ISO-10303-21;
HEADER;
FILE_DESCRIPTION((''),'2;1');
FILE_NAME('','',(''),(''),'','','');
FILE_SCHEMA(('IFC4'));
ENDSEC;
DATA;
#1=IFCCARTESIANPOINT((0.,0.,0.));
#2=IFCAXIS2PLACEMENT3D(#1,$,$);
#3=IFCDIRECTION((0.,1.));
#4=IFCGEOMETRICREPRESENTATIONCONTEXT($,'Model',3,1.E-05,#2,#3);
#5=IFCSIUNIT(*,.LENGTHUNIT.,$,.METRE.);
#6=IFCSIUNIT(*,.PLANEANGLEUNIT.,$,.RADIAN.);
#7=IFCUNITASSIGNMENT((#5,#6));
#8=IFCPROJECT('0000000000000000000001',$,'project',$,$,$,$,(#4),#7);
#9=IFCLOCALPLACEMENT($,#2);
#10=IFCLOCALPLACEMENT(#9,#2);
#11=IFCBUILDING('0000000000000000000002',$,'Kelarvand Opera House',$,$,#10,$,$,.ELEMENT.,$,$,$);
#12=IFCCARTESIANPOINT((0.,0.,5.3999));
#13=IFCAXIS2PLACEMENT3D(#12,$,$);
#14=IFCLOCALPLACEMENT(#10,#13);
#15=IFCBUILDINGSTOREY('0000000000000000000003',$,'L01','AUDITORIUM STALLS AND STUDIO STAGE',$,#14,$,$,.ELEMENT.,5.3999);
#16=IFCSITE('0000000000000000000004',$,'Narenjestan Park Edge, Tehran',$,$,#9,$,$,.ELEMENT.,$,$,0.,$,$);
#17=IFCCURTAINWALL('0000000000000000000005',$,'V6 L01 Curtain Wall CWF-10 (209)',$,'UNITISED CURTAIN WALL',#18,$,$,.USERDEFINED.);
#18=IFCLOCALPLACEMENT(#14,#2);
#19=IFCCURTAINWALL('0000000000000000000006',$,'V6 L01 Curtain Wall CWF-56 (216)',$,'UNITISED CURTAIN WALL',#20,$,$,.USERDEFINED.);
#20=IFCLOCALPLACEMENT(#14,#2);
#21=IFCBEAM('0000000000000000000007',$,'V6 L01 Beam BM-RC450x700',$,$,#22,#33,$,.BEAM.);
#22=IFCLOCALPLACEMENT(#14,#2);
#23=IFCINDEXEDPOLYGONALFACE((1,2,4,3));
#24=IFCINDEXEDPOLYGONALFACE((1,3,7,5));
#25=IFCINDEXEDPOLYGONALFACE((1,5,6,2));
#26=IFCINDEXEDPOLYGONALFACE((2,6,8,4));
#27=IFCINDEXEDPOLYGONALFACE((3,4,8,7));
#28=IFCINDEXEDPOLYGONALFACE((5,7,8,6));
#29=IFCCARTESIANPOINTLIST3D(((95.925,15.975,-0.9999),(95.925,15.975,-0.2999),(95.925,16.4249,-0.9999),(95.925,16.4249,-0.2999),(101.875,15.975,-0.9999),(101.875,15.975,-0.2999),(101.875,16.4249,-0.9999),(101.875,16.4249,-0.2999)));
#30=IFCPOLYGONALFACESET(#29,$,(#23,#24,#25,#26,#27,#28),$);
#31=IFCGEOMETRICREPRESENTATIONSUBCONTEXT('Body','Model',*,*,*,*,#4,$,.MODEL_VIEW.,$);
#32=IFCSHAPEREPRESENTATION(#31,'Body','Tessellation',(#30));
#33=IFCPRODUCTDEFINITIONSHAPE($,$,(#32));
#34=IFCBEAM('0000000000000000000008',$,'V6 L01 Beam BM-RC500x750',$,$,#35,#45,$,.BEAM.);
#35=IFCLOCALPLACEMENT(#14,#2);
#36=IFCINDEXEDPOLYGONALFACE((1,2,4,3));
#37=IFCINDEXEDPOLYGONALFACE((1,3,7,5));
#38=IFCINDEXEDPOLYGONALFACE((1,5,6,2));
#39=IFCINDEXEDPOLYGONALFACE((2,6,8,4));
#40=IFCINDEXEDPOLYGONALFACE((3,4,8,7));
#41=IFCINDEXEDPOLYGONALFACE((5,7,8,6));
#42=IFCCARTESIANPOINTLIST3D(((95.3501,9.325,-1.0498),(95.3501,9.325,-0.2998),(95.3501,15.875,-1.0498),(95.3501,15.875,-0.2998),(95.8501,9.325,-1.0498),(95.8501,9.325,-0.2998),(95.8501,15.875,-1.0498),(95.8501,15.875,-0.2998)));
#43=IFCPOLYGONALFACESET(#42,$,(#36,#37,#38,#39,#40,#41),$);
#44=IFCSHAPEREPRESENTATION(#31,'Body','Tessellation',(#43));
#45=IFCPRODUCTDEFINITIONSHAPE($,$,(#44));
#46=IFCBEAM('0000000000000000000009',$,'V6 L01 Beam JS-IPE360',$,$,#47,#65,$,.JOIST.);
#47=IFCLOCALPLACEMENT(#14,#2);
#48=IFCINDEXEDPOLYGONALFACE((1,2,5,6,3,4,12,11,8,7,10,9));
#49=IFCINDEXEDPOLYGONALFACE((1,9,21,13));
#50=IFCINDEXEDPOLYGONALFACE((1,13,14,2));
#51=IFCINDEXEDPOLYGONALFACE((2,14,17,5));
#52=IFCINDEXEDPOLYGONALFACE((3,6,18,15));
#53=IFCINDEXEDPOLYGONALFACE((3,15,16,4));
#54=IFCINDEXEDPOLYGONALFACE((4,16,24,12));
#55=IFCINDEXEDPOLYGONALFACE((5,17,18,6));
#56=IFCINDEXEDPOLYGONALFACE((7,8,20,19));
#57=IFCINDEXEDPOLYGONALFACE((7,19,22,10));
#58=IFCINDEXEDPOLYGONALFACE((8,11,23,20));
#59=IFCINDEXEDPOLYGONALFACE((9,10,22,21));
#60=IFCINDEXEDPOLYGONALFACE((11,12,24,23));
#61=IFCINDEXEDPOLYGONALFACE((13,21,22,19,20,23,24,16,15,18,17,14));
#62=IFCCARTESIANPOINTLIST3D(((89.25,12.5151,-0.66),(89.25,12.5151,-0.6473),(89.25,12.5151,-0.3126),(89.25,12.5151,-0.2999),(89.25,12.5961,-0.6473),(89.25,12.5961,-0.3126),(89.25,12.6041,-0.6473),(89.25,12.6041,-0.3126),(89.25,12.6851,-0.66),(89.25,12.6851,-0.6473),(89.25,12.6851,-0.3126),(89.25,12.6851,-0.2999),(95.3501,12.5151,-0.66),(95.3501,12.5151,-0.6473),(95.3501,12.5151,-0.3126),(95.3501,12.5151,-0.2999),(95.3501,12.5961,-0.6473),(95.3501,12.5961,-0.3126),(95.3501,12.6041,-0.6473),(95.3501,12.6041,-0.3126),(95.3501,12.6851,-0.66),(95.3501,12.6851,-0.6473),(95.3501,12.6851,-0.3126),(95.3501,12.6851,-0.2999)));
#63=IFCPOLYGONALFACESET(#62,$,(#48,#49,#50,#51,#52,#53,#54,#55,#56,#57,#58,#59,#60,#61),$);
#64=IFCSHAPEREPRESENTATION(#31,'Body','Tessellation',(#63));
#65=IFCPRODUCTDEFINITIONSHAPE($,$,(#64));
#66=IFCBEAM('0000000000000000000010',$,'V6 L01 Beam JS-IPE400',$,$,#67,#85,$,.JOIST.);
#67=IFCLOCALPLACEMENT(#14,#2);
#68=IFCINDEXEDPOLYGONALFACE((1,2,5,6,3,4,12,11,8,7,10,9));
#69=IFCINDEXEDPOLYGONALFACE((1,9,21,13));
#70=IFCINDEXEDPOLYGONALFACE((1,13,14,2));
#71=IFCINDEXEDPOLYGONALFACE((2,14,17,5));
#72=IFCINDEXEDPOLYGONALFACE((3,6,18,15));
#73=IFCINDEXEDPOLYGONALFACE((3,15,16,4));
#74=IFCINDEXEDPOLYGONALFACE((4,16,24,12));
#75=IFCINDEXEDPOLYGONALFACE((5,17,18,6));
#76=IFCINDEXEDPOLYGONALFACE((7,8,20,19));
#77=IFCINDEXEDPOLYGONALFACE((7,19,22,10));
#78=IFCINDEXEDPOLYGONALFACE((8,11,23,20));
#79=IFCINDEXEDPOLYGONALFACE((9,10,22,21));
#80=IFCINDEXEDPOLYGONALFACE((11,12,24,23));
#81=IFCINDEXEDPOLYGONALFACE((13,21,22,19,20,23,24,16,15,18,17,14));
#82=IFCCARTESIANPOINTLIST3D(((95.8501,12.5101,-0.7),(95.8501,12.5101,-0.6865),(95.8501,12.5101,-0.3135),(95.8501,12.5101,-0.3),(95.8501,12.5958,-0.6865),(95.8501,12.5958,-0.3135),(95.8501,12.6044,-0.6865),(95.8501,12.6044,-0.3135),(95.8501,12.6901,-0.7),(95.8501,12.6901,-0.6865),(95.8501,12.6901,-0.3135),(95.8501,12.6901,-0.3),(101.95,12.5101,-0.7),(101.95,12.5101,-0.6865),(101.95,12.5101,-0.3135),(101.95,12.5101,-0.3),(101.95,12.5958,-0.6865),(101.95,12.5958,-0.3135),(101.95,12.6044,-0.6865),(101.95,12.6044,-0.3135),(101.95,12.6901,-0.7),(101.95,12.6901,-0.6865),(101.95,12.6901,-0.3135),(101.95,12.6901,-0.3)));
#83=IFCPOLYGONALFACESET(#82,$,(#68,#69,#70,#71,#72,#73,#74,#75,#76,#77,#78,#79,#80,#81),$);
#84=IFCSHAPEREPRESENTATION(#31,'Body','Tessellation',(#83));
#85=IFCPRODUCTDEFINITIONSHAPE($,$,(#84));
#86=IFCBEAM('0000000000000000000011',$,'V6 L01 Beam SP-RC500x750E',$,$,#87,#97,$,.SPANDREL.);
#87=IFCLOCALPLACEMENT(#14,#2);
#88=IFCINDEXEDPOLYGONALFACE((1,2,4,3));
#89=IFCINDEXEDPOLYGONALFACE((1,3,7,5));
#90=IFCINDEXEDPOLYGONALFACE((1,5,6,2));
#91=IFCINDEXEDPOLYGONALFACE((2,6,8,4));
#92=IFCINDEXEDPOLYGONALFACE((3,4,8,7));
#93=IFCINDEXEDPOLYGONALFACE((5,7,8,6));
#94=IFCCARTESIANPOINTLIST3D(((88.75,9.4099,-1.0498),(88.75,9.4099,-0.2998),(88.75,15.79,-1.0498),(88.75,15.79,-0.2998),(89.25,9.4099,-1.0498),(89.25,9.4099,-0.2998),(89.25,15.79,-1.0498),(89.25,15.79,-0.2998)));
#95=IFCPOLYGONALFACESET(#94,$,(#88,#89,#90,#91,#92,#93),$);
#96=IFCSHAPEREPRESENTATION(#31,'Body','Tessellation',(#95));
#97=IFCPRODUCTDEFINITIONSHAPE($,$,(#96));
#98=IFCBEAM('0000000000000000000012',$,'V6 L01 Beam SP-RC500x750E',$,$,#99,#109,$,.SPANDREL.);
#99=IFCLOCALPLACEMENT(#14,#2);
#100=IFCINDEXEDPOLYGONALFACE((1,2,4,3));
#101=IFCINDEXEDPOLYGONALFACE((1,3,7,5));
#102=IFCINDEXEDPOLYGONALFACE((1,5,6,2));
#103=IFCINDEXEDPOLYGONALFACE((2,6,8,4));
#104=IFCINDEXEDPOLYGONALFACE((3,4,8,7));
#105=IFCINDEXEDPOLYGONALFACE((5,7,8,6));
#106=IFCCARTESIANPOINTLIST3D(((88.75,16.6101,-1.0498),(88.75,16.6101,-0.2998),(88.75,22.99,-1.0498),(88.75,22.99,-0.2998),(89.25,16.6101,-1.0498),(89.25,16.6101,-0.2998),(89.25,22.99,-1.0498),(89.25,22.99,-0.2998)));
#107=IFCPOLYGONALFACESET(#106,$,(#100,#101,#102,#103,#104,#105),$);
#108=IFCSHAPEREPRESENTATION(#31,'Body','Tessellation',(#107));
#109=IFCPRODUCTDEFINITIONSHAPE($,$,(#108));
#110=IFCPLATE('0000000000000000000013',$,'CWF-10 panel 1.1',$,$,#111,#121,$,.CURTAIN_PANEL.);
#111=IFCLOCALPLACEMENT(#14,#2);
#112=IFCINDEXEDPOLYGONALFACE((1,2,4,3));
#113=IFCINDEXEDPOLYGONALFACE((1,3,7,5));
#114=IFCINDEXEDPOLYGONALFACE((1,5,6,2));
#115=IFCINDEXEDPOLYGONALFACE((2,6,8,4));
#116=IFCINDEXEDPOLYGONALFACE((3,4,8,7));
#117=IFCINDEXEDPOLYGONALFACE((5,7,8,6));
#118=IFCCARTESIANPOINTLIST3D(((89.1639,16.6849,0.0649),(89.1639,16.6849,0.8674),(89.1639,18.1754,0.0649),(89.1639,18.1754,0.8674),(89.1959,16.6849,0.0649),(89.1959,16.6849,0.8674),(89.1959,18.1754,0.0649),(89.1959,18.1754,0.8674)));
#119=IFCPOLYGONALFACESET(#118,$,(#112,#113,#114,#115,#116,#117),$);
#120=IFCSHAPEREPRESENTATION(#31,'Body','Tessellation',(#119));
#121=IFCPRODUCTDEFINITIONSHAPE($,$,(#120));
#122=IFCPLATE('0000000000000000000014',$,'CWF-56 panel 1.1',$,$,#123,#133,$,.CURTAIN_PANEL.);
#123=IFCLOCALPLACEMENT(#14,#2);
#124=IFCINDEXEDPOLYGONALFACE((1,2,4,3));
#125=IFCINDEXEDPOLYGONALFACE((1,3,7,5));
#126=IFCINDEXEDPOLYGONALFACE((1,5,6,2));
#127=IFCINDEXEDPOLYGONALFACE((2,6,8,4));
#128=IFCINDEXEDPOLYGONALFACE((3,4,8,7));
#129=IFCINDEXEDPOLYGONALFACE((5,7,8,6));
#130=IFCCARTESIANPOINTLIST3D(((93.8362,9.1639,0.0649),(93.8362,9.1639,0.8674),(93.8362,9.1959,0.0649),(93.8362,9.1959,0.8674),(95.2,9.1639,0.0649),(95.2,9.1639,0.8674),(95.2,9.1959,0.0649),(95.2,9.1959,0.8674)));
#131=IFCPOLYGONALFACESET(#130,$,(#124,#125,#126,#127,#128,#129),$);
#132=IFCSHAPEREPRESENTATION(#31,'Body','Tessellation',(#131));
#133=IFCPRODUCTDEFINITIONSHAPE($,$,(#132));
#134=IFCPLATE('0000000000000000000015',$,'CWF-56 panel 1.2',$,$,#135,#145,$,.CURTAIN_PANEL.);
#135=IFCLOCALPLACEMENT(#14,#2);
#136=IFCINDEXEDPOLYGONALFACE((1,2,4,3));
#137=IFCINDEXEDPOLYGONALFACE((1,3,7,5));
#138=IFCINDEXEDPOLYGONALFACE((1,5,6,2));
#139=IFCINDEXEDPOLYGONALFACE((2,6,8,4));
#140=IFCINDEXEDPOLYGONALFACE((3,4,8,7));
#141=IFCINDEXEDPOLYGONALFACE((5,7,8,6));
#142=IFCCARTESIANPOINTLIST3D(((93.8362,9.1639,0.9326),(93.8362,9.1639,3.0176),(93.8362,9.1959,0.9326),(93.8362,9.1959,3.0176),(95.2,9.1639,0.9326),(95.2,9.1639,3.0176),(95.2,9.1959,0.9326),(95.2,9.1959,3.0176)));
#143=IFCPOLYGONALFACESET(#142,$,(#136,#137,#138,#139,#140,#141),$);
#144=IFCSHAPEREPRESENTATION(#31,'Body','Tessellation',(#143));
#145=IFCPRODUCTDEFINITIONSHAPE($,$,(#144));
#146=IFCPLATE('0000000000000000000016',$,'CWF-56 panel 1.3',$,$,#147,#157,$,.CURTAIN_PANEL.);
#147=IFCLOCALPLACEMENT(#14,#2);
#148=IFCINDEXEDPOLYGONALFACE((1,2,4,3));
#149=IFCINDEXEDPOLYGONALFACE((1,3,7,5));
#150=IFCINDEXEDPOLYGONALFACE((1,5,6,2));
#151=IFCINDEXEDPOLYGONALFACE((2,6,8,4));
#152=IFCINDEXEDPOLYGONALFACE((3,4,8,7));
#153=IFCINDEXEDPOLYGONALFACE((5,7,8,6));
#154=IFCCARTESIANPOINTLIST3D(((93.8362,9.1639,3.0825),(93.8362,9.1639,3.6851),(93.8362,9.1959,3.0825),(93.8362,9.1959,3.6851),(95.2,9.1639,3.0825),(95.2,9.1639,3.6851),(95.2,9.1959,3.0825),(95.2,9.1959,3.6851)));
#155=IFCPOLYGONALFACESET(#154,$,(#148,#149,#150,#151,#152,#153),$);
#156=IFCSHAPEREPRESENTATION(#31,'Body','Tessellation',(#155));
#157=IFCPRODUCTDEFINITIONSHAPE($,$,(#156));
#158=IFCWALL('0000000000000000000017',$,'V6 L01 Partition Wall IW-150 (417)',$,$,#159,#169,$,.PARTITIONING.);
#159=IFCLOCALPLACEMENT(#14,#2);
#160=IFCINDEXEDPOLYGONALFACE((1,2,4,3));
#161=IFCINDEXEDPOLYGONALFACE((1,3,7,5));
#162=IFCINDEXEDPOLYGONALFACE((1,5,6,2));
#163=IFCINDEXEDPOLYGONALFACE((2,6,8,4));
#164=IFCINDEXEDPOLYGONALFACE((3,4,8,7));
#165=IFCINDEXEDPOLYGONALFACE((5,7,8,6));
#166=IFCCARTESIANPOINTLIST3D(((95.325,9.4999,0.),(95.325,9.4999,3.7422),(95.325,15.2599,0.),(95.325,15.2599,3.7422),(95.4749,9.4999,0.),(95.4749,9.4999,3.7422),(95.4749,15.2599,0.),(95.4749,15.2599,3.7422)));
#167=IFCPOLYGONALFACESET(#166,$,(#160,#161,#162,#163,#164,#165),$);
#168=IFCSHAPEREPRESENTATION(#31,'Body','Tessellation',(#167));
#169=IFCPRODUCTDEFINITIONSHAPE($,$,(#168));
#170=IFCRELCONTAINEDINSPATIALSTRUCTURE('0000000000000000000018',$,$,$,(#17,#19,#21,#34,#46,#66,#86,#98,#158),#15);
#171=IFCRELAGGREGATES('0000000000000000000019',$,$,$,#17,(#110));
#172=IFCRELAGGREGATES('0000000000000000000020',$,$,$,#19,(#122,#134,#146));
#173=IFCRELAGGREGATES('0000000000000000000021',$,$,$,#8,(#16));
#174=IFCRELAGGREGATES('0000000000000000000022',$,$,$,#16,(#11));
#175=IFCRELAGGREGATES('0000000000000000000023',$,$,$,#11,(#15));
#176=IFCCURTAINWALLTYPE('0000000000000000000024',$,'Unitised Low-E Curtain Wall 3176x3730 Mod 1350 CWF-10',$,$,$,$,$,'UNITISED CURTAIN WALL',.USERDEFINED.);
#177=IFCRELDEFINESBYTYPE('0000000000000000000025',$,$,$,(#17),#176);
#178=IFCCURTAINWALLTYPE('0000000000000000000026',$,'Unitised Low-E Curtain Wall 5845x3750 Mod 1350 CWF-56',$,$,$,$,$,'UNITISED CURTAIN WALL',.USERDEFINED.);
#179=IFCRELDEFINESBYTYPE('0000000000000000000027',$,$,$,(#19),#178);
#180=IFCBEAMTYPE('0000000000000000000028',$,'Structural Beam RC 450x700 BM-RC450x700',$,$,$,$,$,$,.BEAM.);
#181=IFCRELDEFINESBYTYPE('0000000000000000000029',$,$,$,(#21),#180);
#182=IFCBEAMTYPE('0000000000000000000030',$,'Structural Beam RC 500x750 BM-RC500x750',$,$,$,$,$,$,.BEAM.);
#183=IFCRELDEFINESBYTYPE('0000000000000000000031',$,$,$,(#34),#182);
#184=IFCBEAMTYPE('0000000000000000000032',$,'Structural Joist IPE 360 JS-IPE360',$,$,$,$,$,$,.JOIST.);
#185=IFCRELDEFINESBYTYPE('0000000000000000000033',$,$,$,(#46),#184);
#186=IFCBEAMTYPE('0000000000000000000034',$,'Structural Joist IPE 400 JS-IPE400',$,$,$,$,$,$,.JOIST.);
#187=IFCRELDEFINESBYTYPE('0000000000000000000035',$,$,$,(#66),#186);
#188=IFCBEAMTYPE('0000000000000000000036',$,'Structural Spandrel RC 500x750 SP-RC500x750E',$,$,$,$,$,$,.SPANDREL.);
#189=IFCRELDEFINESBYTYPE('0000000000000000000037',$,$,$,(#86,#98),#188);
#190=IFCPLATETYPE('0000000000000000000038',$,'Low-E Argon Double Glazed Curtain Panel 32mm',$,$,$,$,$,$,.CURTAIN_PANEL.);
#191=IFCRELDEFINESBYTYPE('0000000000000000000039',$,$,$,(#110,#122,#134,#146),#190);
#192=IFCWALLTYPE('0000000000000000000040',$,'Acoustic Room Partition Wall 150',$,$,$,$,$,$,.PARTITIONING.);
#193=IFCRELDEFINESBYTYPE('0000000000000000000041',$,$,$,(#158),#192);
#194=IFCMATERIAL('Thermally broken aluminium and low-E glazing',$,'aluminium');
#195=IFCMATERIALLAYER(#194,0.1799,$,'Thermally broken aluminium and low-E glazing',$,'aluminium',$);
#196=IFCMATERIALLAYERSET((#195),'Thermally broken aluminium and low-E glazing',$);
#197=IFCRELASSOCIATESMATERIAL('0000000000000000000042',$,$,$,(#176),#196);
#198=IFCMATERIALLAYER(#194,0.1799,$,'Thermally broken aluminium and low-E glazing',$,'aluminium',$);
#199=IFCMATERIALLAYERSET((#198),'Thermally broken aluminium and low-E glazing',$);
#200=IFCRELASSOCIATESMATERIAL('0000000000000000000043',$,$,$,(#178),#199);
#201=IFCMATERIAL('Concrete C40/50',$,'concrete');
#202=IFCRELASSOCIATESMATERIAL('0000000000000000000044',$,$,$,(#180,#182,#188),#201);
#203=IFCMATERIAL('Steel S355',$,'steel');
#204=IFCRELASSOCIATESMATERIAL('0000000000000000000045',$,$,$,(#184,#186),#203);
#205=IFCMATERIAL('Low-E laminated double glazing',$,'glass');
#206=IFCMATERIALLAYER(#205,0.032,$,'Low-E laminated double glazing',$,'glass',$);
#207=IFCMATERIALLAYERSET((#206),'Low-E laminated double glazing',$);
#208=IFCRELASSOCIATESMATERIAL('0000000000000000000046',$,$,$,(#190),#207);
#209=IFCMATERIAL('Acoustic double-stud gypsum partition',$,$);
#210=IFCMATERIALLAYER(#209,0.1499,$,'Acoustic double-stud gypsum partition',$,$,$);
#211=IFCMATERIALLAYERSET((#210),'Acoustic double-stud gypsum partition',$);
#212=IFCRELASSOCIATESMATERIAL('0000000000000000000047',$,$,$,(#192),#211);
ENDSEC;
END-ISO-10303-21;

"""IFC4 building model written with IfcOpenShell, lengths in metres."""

from ifc_helpers import new_model, si_unit, direction, frame, frame_2d, origin, origin_2d, place, context, subcontext, project, spatial, rectangle, i_section, extrude, material, layer, layer_set, material_profile, profile_set, type_object, element, aggregate, save


model = new_model("IFC4")

# Units and contexts
model_context = context("Model", 3, precision=1e-05, world=origin(), true_north=direction((0.0, 1.0)))
body_context = subcontext(model_context, "Body", "Model", "MODEL_VIEW")
ifc_project = project(units=[si_unit("LENGTHUNIT", "METRE"), si_unit("PLANEANGLEUNIT", "RADIAN")], contexts=[model_context])

# Site, building, storey
site_placement = place(None, origin())
site = spatial("IfcSite", under=ifc_project, at=site_placement, Name="Narenjestan Park Edge, Tehran", CompositionType="ELEMENT", RefElevation=0.0)
building_placement = place(site_placement, origin())
building = spatial("IfcBuilding", under=site, at=building_placement, Name="Kelarvand Opera House", CompositionType="ELEMENT")
storey_placement = place(building_placement, frame((0.0, 0.0, 5.3999)))
storey = spatial("IfcBuildingStorey", under=building, at=storey_placement, Name="L01", Description="AUDITORIUM STALLS AND STUDIO STAGE", CompositionType="ELEMENT", Elevation=5.3999)

# Shared definitions
ifc_material_1 = material(Name="Concrete C40/50", Category="concrete")

# Curtain wall
ifc_material_2 = material(Name="Thermally broken aluminium and low-E glazing", Category="aluminium")
ifc_layer_1 = layer(ifc_material_2, 0.1799, Name="Thermally broken aluminium and low-E glazing", Category="aluminium")
ifc_layer_set_1 = layer_set([ifc_layer_1], Name="Thermally broken aluminium and low-E glazing")
curtain_wall_type_1 = type_object("IfcCurtainWallType", Name="Unitised Low-E Curtain Wall 3176x3730 Mod 1350 CWF-10", ElementType="UNITISED CURTAIN WALL", PredefinedType="USERDEFINED", material=ifc_layer_set_1)
curtain_wall_1_placement = place(storey_placement, origin())
curtain_wall_1 = element("IfcCurtainWall", 1, at=curtain_wall_1_placement, inside=storey, type_object=curtain_wall_type_1, Name="V6 L01 Curtain Wall CWF-10 (209)", ObjectType="UNITISED CURTAIN WALL", PredefinedType="USERDEFINED")

# Curtain wall
ifc_layer_2 = layer(ifc_material_2, 0.1799, Name="Thermally broken aluminium and low-E glazing", Category="aluminium")
ifc_layer_set_2 = layer_set([ifc_layer_2], Name="Thermally broken aluminium and low-E glazing")
curtain_wall_type_2 = type_object("IfcCurtainWallType", Name="Unitised Low-E Curtain Wall 5845x3750 Mod 1350 CWF-56", ElementType="UNITISED CURTAIN WALL", PredefinedType="USERDEFINED", material=ifc_layer_set_2)
curtain_wall_2_placement = place(storey_placement, origin())
curtain_wall_2 = element("IfcCurtainWall", 2, at=curtain_wall_2_placement, inside=storey, type_object=curtain_wall_type_2, Name="V6 L01 Curtain Wall CWF-56 (216)", ObjectType="UNITISED CURTAIN WALL", PredefinedType="USERDEFINED")

# Beams
ifc_material_profile_1 = material_profile(ifc_material_1, rectangle(XDim=0.45, YDim=0.7, at=origin_2d()), Name="RC 450x700", Category="concrete")
ifc_profile_set_1 = profile_set([ifc_material_profile_1], Name="Concrete C40/50")
beam_type_1 = type_object("IfcBeamType", Name="Structural Beam RC 450x700 BM-RC450x700", PredefinedType="BEAM", material=ifc_profile_set_1)
beam_1_placement = place(storey_placement, frame((95.925, 16.2, -0.6499), z_axis=(1.0, 0.0, 0.0), x_axis=(0.0, 1.0, 0.0)))
element("IfcBeam", 3, at=beam_1_placement, inside=storey, type_object=beam_type_1, Name="V6 L01 Beam BM-RC450x700", PredefinedType="BEAM", context=body_context, shape_type="SweptSolid", body=[
    extrude(rectangle(XDim=0.45, YDim=0.7, at=origin_2d()), origin(), (0.0, 0.0, 1.0), 5.95),
])
ifc_material_profile_2 = material_profile(ifc_material_1, rectangle(XDim=0.5, YDim=0.75, at=origin_2d()), Name="RC 500x750", Category="concrete")
ifc_profile_set_2 = profile_set([ifc_material_profile_2], Name="Concrete C40/50")
beam_type_2 = type_object("IfcBeamType", Name="Structural Beam RC 500x750 BM-RC500x750", PredefinedType="BEAM", material=ifc_profile_set_2)
beam_2_placement = place(storey_placement, frame((95.6001, 9.325, -0.6748), z_axis=(0.0, 1.0, 0.0), x_axis=(-1.0, 0.0, 0.0)))
element("IfcBeam", 4, at=beam_2_placement, inside=storey, type_object=beam_type_2, Name="V6 L01 Beam BM-RC500x750", PredefinedType="BEAM", context=body_context, shape_type="SweptSolid", body=[
    extrude(rectangle(XDim=0.5, YDim=0.75, at=origin_2d()), origin(), (0.0, 0.0, 1.0), 6.55),
])
ifc_material_3 = material(Name="Steel S355", Category="steel")
ifc_material_profile_3 = material_profile(ifc_material_3, i_section(OverallWidth=0.1699, OverallDepth=0.3601, WebThickness=0.0081, FlangeThickness=0.0127, at=origin_2d()), Name="IPE 360", Category="steel")
ifc_profile_set_3 = profile_set([ifc_material_profile_3], Name="Steel S355")
beam_type_3 = type_object("IfcBeamType", Name="Structural Joist IPE 360 JS-IPE360", PredefinedType="JOIST", material=ifc_profile_set_3)
beam_3_placement = place(storey_placement, frame((89.25, 12.6001, -0.48), z_axis=(1.0, 0.0, 0.0), x_axis=(0.0, 1.0, 0.0)))
element("IfcBeam", 5, at=beam_3_placement, inside=storey, type_object=beam_type_3, Name="V6 L01 Beam JS-IPE360", PredefinedType="JOIST", context=body_context, shape_type="SweptSolid", body=[
    extrude(i_section(OverallWidth=0.1699, OverallDepth=0.3601, WebThickness=0.0081, FlangeThickness=0.0127, at=origin_2d()), origin(), (0.0, 0.0, 1.0), 6.1001),
])
ifc_material_profile_4 = material_profile(ifc_material_3, i_section(OverallWidth=0.1799, OverallDepth=0.3999, WebThickness=0.0085, FlangeThickness=0.0134, at=origin_2d()), Name="IPE 400", Category="steel")
ifc_profile_set_4 = profile_set([ifc_material_profile_4], Name="Steel S355")
beam_type_4 = type_object("IfcBeamType", Name="Structural Joist IPE 400 JS-IPE400", PredefinedType="JOIST", material=ifc_profile_set_4)
beam_4_placement = place(storey_placement, frame((95.8501, 12.6001, -0.5), z_axis=(1.0, 0.0, 0.0), x_axis=(0.0, 1.0, 0.0)))
element("IfcBeam", 6, at=beam_4_placement, inside=storey, type_object=beam_type_4, Name="V6 L01 Beam JS-IPE400", PredefinedType="JOIST", context=body_context, shape_type="SweptSolid", body=[
    extrude(i_section(OverallWidth=0.1799, OverallDepth=0.3999, WebThickness=0.0085, FlangeThickness=0.0134, at=origin_2d()), origin(), (0.0, 0.0, 1.0), 6.0999),
])
ifc_material_profile_5 = material_profile(ifc_material_1, rectangle(XDim=0.5, YDim=0.75, at=origin_2d()), Name="RC 500x750", Category="concrete")
ifc_profile_set_5 = profile_set([ifc_material_profile_5], Name="Concrete C40/50")
beam_type_5 = type_object("IfcBeamType", Name="Structural Spandrel RC 500x750 SP-RC500x750E", PredefinedType="SPANDREL", material=ifc_profile_set_5)
beam_5_placement = place(storey_placement, frame((89.0, 9.4099, -0.6748), z_axis=(0.0, 1.0, 0.0), x_axis=(-1.0, 0.0, 0.0)))
element("IfcBeam", 7, at=beam_5_placement, inside=storey, type_object=beam_type_5, Name="V6 L01 Beam SP-RC500x750E", PredefinedType="SPANDREL", context=body_context, shape_type="SweptSolid", body=[
    extrude(rectangle(XDim=0.5, YDim=0.75, at=origin_2d()), origin(), (0.0, 0.0, 1.0), 6.3801),
])
beam_6_placement = place(storey_placement, frame((89.0, 16.6101, -0.6748), z_axis=(0.0, 1.0, 0.0), x_axis=(-1.0, 0.0, 0.0)))
element("IfcBeam", 8, at=beam_6_placement, inside=storey, type_object=beam_type_5, Name="V6 L01 Beam SP-RC500x750E", PredefinedType="SPANDREL", context=body_context, shape_type="SweptSolid", body=[
    extrude(rectangle(XDim=0.5, YDim=0.75, at=origin_2d()), origin(), (0.0, 0.0, 1.0), 6.3799),
])

# Plates
ifc_material_4 = material(Name="Low-E laminated double glazing", Category="glass")
ifc_layer_3 = layer(ifc_material_4, 0.032, Name="Low-E laminated double glazing", Category="glass")
ifc_layer_set_3 = layer_set([ifc_layer_3], Name="Low-E laminated double glazing")
plate_type = type_object("IfcPlateType", Name="Low-E Argon Double Glazed Curtain Panel 32mm", PredefinedType="CURTAIN_PANEL", material=ifc_layer_set_3)
plate_1_placement = place(storey_placement, frame((89.1799, 17.4302, 0.0649), z_axis=(0.0, 0.0, 1.0), x_axis=(0.0, 1.0, 0.0)))
plate_1 = element("IfcPlate", 9, at=plate_1_placement, type_object=plate_type, Name="CWF-10 panel 1.1", PredefinedType="CURTAIN_PANEL", context=body_context, shape_type="SweptSolid", body=[
    extrude(rectangle(XDim=1.4905, YDim=0.032, at=origin_2d()), origin(), (0.0, 0.0, 1.0), 0.8025),
])
aggregate(curtain_wall_1, [plate_1])
plate_2_placement = place(storey_placement, frame((94.5181, 9.1799, 0.0649), z_axis=(0.0, 0.0, 1.0), x_axis=(-1.0, 0.0, 0.0)))
plate_2 = element("IfcPlate", 10, at=plate_2_placement, type_object=plate_type, Name="CWF-56 panel 1.1", PredefinedType="CURTAIN_PANEL", context=body_context, shape_type="SweptSolid", body=[
    extrude(rectangle(XDim=1.3638, YDim=0.032, at=origin_2d()), origin(), (0.0, 0.0, 1.0), 0.8025),
])
plate_3_placement = place(storey_placement, frame((94.5181, 9.1799, 0.9326), z_axis=(0.0, 0.0, 1.0), x_axis=(-1.0, 0.0, 0.0)))
plate_3 = element("IfcPlate", 11, at=plate_3_placement, type_object=plate_type, Name="CWF-56 panel 1.2", PredefinedType="CURTAIN_PANEL", context=body_context, shape_type="SweptSolid", body=[
    extrude(rectangle(XDim=1.3638, YDim=0.032, at=origin_2d()), origin(), (0.0, 0.0, 1.0), 2.085),
])
plate_4_placement = place(storey_placement, frame((94.5181, 9.1799, 3.0825), z_axis=(0.0, 0.0, 1.0), x_axis=(-1.0, 0.0, 0.0)))
plate_4 = element("IfcPlate", 12, at=plate_4_placement, type_object=plate_type, Name="CWF-56 panel 1.3", PredefinedType="CURTAIN_PANEL", context=body_context, shape_type="SweptSolid", body=[
    extrude(rectangle(XDim=1.3638, YDim=0.032, at=origin_2d()), origin(), (0.0, 0.0, 1.0), 0.6025),
])
aggregate(curtain_wall_2, [plate_2, plate_3, plate_4])

# Wall
ifc_material_5 = material(Name="Acoustic double-stud gypsum partition")
ifc_layer_4 = layer(ifc_material_5, 0.1499, Name="Acoustic double-stud gypsum partition")
ifc_layer_set_4 = layer_set([ifc_layer_4], Name="Acoustic double-stud gypsum partition")
wall_type_1 = type_object("IfcWallType", Name="Acoustic Room Partition Wall 150", PredefinedType="PARTITIONING", material=ifc_layer_set_4)
wall_1_placement = place(storey_placement, frame((95.3999, 9.5, 0.0), z_axis=(0.0, 0.0, 1.0), x_axis=(0.0, 1.0, 0.0)))
element("IfcWall", 13, at=wall_1_placement, inside=storey, type_object=wall_type_1, Name="V6 L01 Partition Wall IW-150 (417)", PredefinedType="PARTITIONING", context=body_context, shape_type="SweptSolid", body=[
    extrude(rectangle(XDim=5.76, YDim=0.1499, at=frame_2d((2.8799, 0.0))), origin(), (0.0, 0.0, 1.0), 3.7422),
])

save(model, "model.ifc")
